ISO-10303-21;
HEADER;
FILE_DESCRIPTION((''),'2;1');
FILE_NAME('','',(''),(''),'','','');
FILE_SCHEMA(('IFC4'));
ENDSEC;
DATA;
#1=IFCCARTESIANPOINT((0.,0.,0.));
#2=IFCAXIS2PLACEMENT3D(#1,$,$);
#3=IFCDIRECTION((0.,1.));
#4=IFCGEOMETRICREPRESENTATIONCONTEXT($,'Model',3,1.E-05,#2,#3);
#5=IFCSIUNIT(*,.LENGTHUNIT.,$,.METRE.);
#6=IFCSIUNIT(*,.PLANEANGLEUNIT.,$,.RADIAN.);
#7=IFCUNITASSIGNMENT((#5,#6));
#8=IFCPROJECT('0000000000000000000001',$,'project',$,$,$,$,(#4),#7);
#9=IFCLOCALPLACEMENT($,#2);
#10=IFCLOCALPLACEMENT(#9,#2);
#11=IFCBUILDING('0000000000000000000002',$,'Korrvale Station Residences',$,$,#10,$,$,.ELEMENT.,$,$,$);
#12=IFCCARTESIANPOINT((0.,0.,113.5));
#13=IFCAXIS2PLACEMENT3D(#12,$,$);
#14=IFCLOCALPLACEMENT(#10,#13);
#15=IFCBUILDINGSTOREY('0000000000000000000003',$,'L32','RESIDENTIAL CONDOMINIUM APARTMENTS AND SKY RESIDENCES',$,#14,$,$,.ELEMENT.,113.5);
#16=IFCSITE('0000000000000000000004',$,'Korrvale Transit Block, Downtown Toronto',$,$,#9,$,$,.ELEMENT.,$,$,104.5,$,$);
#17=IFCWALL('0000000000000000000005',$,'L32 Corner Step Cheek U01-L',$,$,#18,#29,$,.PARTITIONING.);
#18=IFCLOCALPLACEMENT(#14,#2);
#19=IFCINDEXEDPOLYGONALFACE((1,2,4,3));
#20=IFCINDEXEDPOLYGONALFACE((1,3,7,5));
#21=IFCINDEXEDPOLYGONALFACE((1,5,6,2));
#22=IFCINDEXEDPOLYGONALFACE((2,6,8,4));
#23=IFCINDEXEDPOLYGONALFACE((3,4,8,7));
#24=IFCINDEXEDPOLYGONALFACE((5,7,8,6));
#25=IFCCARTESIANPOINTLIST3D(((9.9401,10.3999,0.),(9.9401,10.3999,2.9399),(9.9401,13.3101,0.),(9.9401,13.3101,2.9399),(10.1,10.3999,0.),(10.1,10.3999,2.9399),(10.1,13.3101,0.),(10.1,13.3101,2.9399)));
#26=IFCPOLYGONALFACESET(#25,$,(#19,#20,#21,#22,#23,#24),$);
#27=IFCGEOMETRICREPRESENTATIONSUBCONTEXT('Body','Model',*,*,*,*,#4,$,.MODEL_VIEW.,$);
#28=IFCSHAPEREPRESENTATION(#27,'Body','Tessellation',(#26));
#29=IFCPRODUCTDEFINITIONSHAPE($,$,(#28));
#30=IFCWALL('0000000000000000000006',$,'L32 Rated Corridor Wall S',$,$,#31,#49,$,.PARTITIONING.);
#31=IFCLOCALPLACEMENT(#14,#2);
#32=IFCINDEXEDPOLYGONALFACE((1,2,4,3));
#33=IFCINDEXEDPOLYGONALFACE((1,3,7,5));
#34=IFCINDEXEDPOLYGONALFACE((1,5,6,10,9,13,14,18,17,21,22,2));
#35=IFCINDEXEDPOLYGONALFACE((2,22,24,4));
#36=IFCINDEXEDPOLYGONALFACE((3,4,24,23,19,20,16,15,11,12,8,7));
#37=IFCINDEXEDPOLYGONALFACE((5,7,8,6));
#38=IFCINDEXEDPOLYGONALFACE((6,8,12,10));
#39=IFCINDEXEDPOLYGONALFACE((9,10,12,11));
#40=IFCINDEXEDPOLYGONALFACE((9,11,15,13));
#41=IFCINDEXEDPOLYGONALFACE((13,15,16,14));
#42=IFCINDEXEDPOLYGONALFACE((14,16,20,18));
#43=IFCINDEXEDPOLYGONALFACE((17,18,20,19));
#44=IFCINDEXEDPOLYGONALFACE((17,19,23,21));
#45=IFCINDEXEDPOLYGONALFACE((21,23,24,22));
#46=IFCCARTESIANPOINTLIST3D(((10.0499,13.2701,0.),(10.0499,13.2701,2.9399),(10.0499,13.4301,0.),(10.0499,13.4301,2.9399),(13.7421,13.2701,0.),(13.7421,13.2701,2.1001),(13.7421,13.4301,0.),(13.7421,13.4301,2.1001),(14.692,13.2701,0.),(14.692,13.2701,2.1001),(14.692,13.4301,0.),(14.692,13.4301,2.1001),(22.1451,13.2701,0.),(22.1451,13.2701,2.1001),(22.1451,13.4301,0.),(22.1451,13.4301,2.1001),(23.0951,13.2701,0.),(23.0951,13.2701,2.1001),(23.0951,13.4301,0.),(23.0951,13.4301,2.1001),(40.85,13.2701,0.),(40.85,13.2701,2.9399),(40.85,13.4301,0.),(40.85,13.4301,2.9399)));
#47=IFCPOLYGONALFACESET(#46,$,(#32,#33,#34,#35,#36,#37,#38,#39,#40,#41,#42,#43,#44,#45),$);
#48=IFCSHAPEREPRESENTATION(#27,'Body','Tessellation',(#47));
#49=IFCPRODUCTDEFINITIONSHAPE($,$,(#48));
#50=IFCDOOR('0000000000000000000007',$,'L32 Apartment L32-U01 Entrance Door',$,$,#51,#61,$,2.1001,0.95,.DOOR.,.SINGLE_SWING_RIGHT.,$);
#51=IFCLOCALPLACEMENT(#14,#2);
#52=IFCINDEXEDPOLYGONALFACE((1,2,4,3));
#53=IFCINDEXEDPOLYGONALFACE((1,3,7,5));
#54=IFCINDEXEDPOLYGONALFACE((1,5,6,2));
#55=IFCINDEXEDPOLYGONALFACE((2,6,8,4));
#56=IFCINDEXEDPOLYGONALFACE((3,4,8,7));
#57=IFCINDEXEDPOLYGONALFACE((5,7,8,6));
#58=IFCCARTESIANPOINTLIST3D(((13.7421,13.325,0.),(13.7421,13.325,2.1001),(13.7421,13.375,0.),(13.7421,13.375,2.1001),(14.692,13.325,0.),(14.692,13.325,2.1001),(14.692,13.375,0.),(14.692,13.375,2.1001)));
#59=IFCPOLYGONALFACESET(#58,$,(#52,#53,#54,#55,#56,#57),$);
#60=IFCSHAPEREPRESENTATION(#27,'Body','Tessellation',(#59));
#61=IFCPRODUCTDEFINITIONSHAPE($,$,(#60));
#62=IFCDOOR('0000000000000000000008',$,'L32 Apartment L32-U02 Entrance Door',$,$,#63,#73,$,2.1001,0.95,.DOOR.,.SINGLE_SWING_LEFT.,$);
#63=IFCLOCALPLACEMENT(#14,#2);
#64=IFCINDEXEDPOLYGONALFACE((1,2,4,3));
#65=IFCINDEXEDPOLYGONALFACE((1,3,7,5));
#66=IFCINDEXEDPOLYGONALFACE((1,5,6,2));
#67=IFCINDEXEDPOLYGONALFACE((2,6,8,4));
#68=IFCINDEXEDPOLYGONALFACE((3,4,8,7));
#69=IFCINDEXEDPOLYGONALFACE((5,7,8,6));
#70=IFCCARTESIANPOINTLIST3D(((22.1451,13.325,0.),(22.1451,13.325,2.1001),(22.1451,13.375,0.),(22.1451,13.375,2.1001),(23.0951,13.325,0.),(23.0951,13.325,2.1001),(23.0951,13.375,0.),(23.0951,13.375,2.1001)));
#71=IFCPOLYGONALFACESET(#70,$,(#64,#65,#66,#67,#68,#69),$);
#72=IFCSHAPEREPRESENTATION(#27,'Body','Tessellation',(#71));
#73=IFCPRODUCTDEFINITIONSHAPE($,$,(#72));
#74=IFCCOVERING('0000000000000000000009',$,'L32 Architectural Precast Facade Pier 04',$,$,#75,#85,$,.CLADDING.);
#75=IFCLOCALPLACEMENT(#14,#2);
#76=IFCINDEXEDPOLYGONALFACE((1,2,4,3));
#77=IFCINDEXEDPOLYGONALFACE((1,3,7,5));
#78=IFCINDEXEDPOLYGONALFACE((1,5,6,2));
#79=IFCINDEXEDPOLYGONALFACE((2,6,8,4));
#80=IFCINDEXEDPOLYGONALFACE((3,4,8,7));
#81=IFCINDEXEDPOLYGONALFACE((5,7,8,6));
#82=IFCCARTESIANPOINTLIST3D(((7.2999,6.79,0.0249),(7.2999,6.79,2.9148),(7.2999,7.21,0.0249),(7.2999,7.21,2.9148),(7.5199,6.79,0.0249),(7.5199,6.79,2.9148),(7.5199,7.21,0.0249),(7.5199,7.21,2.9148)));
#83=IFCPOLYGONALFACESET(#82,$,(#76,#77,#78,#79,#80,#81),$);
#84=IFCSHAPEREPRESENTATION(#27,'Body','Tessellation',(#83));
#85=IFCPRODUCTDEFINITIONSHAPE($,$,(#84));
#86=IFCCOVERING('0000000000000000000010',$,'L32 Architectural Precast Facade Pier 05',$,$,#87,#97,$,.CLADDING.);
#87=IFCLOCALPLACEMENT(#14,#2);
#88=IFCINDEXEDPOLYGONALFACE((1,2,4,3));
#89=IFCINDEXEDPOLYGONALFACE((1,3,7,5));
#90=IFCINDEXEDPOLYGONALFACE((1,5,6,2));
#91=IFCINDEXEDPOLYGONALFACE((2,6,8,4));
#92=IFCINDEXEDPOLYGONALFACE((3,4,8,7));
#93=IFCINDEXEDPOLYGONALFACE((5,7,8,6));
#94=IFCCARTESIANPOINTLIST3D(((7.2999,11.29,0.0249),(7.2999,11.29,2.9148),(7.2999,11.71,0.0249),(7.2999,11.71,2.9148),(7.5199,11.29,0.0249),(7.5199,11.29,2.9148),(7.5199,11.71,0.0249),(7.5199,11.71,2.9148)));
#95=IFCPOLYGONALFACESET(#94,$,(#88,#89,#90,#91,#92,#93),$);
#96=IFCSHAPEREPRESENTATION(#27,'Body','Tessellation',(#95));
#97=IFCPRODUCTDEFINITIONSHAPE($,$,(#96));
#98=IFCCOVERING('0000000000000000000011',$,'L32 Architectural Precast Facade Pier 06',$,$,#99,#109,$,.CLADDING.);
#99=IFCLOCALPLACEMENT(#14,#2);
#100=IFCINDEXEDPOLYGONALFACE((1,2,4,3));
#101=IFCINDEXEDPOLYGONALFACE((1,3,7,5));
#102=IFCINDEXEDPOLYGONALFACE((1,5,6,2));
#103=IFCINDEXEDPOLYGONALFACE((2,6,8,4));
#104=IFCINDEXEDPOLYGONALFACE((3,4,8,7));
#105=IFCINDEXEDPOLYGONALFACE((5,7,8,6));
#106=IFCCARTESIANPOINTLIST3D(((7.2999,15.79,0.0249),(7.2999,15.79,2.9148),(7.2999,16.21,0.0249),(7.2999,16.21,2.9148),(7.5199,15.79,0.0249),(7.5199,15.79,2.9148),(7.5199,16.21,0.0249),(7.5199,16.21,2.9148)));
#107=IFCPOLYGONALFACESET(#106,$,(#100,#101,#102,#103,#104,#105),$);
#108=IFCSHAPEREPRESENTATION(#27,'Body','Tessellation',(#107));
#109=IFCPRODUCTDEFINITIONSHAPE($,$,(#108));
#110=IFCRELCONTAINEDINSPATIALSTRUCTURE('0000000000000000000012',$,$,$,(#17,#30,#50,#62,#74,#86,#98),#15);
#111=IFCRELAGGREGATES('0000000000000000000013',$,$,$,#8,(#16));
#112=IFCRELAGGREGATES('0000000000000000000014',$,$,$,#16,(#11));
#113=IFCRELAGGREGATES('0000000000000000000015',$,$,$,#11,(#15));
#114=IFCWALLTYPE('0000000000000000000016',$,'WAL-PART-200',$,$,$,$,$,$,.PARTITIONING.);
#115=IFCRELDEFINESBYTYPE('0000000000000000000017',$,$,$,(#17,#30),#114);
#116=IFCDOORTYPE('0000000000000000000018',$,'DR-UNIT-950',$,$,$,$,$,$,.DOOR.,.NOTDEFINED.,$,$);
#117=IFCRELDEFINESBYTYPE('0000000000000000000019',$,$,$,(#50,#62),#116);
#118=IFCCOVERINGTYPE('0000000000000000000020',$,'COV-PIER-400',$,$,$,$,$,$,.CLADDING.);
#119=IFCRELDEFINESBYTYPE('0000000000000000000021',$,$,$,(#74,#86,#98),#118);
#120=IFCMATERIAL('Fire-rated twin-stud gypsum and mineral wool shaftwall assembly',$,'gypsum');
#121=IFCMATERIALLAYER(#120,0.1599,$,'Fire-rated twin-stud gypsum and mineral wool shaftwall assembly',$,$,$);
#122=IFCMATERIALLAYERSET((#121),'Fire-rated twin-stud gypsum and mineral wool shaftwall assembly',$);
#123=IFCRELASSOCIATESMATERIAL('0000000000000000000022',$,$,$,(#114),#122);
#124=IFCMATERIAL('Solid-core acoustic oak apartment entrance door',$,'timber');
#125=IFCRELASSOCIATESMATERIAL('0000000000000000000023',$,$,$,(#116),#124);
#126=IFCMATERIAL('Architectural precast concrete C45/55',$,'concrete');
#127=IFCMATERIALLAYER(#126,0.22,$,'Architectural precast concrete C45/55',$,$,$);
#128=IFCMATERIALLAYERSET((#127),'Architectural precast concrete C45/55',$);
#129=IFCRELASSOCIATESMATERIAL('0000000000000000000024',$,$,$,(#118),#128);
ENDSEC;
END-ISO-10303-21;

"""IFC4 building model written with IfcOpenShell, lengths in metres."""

from ifc_helpers import new_model, si_unit, direction, frame, frame_2d, origin, origin_2d, place, context, subcontext, project, spatial, rectangle, extrude, material, layer, layer_set, type_object, element, fill, save


model = new_model("IFC4")

# Units and contexts
model_context = context("Model", 3, precision=1e-05, world=origin(), true_north=direction((0.0, 1.0)))
body_context = subcontext(model_context, "Body", "Model", "MODEL_VIEW")
ifc_project = project(units=[si_unit("LENGTHUNIT", "METRE"), si_unit("PLANEANGLEUNIT", "RADIAN")], contexts=[model_context])

# Site, building, storey
site_placement = place(None, origin())
site = spatial("IfcSite", under=ifc_project, at=site_placement, Name="Korrvale Transit Block, Downtown Toronto", CompositionType="ELEMENT", RefElevation=104.5)
building_placement = place(site_placement, origin())
building = spatial("IfcBuilding", under=site, at=building_placement, Name="Korrvale Station Residences", CompositionType="ELEMENT")
storey_placement = place(building_placement, frame((0.0, 0.0, 113.5)))
storey = spatial("IfcBuildingStorey", under=building, at=storey_placement, Name="L32", Description="RESIDENTIAL CONDOMINIUM APARTMENTS AND SKY RESIDENCES", CompositionType="ELEMENT", Elevation=113.5)

# Wall
ifc_material_1 = material(Name="Fire-rated twin-stud gypsum and mineral wool shaftwall assembly", Category="gypsum")
ifc_layer_1 = layer(ifc_material_1, 0.1599, Name="Fire-rated twin-stud gypsum and mineral wool shaftwall assembly")
ifc_layer_set_1 = layer_set([ifc_layer_1], Name="Fire-rated twin-stud gypsum and mineral wool shaftwall assembly")
wall_type_1 = type_object("IfcWallType", Name="WAL-PART-200", PredefinedType="PARTITIONING", material=ifc_layer_set_1)
wall_1_placement = place(storey_placement, frame((10.02, 10.3999, 0.0), z_axis=(0.0, 0.0, 1.0), x_axis=(0.0, 1.0, 0.0)))
element("IfcWall", 1, at=wall_1_placement, inside=storey, type_object=wall_type_1, Name="L32 Corner Step Cheek U01-L", PredefinedType="PARTITIONING", context=body_context, shape_type="SweptSolid", body=[
    extrude(rectangle(XDim=2.9102, YDim=0.1599, at=frame_2d((1.4551, 0.0))), origin(), (0.0, 0.0, 1.0), 2.9399),
])

# Wall, openings, doors
wall_2_placement = place(storey_placement, frame((10.05, 13.3501, 0.0), z_axis=(0.0, 0.0, 1.0), x_axis=(1.0, 0.0, 0.0)))
wall_2 = element("IfcWall", 2, at=wall_2_placement, inside=storey, type_object=wall_type_1, Name="L32 Rated Corridor Wall S", PredefinedType="PARTITIONING", context=body_context, shape_type="SweptSolid", body=[
    extrude(rectangle(XDim=30.8, YDim=0.1599, at=frame_2d((15.3999, 0.0))), origin(), (0.0, 0.0, 1.0), 2.9399),
])
opening_1_placement = place(wall_2_placement, frame((3.6919, 0.0, 0.0)))
opening_1 = element("IfcOpeningElement", 3, at=opening_1_placement, cuts=wall_2, PredefinedType="OPENING", context=body_context, shape_type="SweptSolid", body=[
    extrude(rectangle(XDim=0.95, YDim=2.1001, at=frame_2d((0.4751, 1.05))), frame((0.0, 0.0898, 0.0), z_axis=(0.0, -1.0, 0.0), x_axis=(1.0, 0.0, 0.0)), (0.0, 0.0, 1.0), 0.1799),
])
opening_2_placement = place(wall_2_placement, frame((12.095, 0.0, 0.0)))
opening_2 = element("IfcOpeningElement", 4, at=opening_2_placement, cuts=wall_2, PredefinedType="OPENING", context=body_context, shape_type="SweptSolid", body=[
    extrude(rectangle(XDim=0.95, YDim=2.1001, at=frame_2d((0.4751, 1.05))), frame((0.0, 0.0898, 0.0), z_axis=(0.0, -1.0, 0.0), x_axis=(1.0, 0.0, 0.0)), (0.0, 0.0, 1.0), 0.1799),
])
ifc_material_2 = material(Name="Solid-core acoustic oak apartment entrance door", Category="timber")
door_type_1 = type_object("IfcDoorType", Name="DR-UNIT-950", OperationType="NOTDEFINED", PredefinedType="DOOR", material=ifc_material_2)
door_1_placement = place(opening_1_placement, origin())
door_1 = element("IfcDoor", 5, at=door_1_placement, inside=storey, type_object=door_type_1, Name="L32 Apartment L32-U01 Entrance Door", OperationType="SINGLE_SWING_RIGHT", OverallHeight=2.1001, OverallWidth=0.95, PredefinedType="DOOR", context=body_context, shape_type="SweptSolid", body=[
    extrude(rectangle(XDim=0.95, YDim=2.1001, at=frame_2d((0.4751, 1.05))), frame((0.0, 0.0249, 0.0), z_axis=(0.0, -1.0, 0.0), x_axis=(1.0, 0.0, 0.0)), (0.0, 0.0, 1.0), 0.05),
])
fill(opening_1, door_1)
door_2_placement = place(opening_2_placement, origin())
door_2 = element("IfcDoor", 6, at=door_2_placement, inside=storey, type_object=door_type_1, Name="L32 Apartment L32-U02 Entrance Door", OperationType="SINGLE_SWING_LEFT", OverallHeight=2.1001, OverallWidth=0.95, PredefinedType="DOOR", context=body_context, shape_type="SweptSolid", body=[
    extrude(rectangle(XDim=0.95, YDim=2.1001, at=frame_2d((0.4751, 1.05))), frame((0.0, 0.0249, 0.0), z_axis=(0.0, -1.0, 0.0), x_axis=(1.0, 0.0, 0.0)), (0.0, 0.0, 1.0), 0.05),
])
fill(opening_2, door_2)

# Coverings
ifc_material_3 = material(Name="Architectural precast concrete C45/55", Category="concrete")
ifc_layer_2 = layer(ifc_material_3, 0.22, Name="Architectural precast concrete C45/55")
ifc_layer_set_2 = layer_set([ifc_layer_2], Name="Architectural precast concrete C45/55")
covering_type = type_object("IfcCoveringType", Name="COV-PIER-400", PredefinedType="CLADDING", material=ifc_layer_set_2)
for number, where, z_axis, x_axis, name in (
    (7, (7.4099, 7.0, 0.0249), (0.0, 0.0, 1.0), (0.0, 1.0, 0.0), "L32 Architectural Precast Facade Pier 04"),
    (8, (7.4099, 11.5, 0.0249), (0.0, 0.0, 1.0), (0.0, 1.0, 0.0), "L32 Architectural Precast Facade Pier 05"),
    (9, (7.4099, 16.0, 0.0249), (0.0, 0.0, 1.0), (0.0, 1.0, 0.0), "L32 Architectural Precast Facade Pier 06"),
):
    element("IfcCovering", number, at=place(storey_placement, frame(where, z_axis=z_axis, x_axis=x_axis)), inside=storey, type_object=covering_type, Name=name, PredefinedType="CLADDING", context=body_context, shape_type="SweptSolid", body=[
        extrude(rectangle(XDim=0.4199, YDim=0.22, at=origin_2d()), origin(), (0.0, 0.0, 1.0), 2.8899),
    ])

save(model, "model.ifc")
